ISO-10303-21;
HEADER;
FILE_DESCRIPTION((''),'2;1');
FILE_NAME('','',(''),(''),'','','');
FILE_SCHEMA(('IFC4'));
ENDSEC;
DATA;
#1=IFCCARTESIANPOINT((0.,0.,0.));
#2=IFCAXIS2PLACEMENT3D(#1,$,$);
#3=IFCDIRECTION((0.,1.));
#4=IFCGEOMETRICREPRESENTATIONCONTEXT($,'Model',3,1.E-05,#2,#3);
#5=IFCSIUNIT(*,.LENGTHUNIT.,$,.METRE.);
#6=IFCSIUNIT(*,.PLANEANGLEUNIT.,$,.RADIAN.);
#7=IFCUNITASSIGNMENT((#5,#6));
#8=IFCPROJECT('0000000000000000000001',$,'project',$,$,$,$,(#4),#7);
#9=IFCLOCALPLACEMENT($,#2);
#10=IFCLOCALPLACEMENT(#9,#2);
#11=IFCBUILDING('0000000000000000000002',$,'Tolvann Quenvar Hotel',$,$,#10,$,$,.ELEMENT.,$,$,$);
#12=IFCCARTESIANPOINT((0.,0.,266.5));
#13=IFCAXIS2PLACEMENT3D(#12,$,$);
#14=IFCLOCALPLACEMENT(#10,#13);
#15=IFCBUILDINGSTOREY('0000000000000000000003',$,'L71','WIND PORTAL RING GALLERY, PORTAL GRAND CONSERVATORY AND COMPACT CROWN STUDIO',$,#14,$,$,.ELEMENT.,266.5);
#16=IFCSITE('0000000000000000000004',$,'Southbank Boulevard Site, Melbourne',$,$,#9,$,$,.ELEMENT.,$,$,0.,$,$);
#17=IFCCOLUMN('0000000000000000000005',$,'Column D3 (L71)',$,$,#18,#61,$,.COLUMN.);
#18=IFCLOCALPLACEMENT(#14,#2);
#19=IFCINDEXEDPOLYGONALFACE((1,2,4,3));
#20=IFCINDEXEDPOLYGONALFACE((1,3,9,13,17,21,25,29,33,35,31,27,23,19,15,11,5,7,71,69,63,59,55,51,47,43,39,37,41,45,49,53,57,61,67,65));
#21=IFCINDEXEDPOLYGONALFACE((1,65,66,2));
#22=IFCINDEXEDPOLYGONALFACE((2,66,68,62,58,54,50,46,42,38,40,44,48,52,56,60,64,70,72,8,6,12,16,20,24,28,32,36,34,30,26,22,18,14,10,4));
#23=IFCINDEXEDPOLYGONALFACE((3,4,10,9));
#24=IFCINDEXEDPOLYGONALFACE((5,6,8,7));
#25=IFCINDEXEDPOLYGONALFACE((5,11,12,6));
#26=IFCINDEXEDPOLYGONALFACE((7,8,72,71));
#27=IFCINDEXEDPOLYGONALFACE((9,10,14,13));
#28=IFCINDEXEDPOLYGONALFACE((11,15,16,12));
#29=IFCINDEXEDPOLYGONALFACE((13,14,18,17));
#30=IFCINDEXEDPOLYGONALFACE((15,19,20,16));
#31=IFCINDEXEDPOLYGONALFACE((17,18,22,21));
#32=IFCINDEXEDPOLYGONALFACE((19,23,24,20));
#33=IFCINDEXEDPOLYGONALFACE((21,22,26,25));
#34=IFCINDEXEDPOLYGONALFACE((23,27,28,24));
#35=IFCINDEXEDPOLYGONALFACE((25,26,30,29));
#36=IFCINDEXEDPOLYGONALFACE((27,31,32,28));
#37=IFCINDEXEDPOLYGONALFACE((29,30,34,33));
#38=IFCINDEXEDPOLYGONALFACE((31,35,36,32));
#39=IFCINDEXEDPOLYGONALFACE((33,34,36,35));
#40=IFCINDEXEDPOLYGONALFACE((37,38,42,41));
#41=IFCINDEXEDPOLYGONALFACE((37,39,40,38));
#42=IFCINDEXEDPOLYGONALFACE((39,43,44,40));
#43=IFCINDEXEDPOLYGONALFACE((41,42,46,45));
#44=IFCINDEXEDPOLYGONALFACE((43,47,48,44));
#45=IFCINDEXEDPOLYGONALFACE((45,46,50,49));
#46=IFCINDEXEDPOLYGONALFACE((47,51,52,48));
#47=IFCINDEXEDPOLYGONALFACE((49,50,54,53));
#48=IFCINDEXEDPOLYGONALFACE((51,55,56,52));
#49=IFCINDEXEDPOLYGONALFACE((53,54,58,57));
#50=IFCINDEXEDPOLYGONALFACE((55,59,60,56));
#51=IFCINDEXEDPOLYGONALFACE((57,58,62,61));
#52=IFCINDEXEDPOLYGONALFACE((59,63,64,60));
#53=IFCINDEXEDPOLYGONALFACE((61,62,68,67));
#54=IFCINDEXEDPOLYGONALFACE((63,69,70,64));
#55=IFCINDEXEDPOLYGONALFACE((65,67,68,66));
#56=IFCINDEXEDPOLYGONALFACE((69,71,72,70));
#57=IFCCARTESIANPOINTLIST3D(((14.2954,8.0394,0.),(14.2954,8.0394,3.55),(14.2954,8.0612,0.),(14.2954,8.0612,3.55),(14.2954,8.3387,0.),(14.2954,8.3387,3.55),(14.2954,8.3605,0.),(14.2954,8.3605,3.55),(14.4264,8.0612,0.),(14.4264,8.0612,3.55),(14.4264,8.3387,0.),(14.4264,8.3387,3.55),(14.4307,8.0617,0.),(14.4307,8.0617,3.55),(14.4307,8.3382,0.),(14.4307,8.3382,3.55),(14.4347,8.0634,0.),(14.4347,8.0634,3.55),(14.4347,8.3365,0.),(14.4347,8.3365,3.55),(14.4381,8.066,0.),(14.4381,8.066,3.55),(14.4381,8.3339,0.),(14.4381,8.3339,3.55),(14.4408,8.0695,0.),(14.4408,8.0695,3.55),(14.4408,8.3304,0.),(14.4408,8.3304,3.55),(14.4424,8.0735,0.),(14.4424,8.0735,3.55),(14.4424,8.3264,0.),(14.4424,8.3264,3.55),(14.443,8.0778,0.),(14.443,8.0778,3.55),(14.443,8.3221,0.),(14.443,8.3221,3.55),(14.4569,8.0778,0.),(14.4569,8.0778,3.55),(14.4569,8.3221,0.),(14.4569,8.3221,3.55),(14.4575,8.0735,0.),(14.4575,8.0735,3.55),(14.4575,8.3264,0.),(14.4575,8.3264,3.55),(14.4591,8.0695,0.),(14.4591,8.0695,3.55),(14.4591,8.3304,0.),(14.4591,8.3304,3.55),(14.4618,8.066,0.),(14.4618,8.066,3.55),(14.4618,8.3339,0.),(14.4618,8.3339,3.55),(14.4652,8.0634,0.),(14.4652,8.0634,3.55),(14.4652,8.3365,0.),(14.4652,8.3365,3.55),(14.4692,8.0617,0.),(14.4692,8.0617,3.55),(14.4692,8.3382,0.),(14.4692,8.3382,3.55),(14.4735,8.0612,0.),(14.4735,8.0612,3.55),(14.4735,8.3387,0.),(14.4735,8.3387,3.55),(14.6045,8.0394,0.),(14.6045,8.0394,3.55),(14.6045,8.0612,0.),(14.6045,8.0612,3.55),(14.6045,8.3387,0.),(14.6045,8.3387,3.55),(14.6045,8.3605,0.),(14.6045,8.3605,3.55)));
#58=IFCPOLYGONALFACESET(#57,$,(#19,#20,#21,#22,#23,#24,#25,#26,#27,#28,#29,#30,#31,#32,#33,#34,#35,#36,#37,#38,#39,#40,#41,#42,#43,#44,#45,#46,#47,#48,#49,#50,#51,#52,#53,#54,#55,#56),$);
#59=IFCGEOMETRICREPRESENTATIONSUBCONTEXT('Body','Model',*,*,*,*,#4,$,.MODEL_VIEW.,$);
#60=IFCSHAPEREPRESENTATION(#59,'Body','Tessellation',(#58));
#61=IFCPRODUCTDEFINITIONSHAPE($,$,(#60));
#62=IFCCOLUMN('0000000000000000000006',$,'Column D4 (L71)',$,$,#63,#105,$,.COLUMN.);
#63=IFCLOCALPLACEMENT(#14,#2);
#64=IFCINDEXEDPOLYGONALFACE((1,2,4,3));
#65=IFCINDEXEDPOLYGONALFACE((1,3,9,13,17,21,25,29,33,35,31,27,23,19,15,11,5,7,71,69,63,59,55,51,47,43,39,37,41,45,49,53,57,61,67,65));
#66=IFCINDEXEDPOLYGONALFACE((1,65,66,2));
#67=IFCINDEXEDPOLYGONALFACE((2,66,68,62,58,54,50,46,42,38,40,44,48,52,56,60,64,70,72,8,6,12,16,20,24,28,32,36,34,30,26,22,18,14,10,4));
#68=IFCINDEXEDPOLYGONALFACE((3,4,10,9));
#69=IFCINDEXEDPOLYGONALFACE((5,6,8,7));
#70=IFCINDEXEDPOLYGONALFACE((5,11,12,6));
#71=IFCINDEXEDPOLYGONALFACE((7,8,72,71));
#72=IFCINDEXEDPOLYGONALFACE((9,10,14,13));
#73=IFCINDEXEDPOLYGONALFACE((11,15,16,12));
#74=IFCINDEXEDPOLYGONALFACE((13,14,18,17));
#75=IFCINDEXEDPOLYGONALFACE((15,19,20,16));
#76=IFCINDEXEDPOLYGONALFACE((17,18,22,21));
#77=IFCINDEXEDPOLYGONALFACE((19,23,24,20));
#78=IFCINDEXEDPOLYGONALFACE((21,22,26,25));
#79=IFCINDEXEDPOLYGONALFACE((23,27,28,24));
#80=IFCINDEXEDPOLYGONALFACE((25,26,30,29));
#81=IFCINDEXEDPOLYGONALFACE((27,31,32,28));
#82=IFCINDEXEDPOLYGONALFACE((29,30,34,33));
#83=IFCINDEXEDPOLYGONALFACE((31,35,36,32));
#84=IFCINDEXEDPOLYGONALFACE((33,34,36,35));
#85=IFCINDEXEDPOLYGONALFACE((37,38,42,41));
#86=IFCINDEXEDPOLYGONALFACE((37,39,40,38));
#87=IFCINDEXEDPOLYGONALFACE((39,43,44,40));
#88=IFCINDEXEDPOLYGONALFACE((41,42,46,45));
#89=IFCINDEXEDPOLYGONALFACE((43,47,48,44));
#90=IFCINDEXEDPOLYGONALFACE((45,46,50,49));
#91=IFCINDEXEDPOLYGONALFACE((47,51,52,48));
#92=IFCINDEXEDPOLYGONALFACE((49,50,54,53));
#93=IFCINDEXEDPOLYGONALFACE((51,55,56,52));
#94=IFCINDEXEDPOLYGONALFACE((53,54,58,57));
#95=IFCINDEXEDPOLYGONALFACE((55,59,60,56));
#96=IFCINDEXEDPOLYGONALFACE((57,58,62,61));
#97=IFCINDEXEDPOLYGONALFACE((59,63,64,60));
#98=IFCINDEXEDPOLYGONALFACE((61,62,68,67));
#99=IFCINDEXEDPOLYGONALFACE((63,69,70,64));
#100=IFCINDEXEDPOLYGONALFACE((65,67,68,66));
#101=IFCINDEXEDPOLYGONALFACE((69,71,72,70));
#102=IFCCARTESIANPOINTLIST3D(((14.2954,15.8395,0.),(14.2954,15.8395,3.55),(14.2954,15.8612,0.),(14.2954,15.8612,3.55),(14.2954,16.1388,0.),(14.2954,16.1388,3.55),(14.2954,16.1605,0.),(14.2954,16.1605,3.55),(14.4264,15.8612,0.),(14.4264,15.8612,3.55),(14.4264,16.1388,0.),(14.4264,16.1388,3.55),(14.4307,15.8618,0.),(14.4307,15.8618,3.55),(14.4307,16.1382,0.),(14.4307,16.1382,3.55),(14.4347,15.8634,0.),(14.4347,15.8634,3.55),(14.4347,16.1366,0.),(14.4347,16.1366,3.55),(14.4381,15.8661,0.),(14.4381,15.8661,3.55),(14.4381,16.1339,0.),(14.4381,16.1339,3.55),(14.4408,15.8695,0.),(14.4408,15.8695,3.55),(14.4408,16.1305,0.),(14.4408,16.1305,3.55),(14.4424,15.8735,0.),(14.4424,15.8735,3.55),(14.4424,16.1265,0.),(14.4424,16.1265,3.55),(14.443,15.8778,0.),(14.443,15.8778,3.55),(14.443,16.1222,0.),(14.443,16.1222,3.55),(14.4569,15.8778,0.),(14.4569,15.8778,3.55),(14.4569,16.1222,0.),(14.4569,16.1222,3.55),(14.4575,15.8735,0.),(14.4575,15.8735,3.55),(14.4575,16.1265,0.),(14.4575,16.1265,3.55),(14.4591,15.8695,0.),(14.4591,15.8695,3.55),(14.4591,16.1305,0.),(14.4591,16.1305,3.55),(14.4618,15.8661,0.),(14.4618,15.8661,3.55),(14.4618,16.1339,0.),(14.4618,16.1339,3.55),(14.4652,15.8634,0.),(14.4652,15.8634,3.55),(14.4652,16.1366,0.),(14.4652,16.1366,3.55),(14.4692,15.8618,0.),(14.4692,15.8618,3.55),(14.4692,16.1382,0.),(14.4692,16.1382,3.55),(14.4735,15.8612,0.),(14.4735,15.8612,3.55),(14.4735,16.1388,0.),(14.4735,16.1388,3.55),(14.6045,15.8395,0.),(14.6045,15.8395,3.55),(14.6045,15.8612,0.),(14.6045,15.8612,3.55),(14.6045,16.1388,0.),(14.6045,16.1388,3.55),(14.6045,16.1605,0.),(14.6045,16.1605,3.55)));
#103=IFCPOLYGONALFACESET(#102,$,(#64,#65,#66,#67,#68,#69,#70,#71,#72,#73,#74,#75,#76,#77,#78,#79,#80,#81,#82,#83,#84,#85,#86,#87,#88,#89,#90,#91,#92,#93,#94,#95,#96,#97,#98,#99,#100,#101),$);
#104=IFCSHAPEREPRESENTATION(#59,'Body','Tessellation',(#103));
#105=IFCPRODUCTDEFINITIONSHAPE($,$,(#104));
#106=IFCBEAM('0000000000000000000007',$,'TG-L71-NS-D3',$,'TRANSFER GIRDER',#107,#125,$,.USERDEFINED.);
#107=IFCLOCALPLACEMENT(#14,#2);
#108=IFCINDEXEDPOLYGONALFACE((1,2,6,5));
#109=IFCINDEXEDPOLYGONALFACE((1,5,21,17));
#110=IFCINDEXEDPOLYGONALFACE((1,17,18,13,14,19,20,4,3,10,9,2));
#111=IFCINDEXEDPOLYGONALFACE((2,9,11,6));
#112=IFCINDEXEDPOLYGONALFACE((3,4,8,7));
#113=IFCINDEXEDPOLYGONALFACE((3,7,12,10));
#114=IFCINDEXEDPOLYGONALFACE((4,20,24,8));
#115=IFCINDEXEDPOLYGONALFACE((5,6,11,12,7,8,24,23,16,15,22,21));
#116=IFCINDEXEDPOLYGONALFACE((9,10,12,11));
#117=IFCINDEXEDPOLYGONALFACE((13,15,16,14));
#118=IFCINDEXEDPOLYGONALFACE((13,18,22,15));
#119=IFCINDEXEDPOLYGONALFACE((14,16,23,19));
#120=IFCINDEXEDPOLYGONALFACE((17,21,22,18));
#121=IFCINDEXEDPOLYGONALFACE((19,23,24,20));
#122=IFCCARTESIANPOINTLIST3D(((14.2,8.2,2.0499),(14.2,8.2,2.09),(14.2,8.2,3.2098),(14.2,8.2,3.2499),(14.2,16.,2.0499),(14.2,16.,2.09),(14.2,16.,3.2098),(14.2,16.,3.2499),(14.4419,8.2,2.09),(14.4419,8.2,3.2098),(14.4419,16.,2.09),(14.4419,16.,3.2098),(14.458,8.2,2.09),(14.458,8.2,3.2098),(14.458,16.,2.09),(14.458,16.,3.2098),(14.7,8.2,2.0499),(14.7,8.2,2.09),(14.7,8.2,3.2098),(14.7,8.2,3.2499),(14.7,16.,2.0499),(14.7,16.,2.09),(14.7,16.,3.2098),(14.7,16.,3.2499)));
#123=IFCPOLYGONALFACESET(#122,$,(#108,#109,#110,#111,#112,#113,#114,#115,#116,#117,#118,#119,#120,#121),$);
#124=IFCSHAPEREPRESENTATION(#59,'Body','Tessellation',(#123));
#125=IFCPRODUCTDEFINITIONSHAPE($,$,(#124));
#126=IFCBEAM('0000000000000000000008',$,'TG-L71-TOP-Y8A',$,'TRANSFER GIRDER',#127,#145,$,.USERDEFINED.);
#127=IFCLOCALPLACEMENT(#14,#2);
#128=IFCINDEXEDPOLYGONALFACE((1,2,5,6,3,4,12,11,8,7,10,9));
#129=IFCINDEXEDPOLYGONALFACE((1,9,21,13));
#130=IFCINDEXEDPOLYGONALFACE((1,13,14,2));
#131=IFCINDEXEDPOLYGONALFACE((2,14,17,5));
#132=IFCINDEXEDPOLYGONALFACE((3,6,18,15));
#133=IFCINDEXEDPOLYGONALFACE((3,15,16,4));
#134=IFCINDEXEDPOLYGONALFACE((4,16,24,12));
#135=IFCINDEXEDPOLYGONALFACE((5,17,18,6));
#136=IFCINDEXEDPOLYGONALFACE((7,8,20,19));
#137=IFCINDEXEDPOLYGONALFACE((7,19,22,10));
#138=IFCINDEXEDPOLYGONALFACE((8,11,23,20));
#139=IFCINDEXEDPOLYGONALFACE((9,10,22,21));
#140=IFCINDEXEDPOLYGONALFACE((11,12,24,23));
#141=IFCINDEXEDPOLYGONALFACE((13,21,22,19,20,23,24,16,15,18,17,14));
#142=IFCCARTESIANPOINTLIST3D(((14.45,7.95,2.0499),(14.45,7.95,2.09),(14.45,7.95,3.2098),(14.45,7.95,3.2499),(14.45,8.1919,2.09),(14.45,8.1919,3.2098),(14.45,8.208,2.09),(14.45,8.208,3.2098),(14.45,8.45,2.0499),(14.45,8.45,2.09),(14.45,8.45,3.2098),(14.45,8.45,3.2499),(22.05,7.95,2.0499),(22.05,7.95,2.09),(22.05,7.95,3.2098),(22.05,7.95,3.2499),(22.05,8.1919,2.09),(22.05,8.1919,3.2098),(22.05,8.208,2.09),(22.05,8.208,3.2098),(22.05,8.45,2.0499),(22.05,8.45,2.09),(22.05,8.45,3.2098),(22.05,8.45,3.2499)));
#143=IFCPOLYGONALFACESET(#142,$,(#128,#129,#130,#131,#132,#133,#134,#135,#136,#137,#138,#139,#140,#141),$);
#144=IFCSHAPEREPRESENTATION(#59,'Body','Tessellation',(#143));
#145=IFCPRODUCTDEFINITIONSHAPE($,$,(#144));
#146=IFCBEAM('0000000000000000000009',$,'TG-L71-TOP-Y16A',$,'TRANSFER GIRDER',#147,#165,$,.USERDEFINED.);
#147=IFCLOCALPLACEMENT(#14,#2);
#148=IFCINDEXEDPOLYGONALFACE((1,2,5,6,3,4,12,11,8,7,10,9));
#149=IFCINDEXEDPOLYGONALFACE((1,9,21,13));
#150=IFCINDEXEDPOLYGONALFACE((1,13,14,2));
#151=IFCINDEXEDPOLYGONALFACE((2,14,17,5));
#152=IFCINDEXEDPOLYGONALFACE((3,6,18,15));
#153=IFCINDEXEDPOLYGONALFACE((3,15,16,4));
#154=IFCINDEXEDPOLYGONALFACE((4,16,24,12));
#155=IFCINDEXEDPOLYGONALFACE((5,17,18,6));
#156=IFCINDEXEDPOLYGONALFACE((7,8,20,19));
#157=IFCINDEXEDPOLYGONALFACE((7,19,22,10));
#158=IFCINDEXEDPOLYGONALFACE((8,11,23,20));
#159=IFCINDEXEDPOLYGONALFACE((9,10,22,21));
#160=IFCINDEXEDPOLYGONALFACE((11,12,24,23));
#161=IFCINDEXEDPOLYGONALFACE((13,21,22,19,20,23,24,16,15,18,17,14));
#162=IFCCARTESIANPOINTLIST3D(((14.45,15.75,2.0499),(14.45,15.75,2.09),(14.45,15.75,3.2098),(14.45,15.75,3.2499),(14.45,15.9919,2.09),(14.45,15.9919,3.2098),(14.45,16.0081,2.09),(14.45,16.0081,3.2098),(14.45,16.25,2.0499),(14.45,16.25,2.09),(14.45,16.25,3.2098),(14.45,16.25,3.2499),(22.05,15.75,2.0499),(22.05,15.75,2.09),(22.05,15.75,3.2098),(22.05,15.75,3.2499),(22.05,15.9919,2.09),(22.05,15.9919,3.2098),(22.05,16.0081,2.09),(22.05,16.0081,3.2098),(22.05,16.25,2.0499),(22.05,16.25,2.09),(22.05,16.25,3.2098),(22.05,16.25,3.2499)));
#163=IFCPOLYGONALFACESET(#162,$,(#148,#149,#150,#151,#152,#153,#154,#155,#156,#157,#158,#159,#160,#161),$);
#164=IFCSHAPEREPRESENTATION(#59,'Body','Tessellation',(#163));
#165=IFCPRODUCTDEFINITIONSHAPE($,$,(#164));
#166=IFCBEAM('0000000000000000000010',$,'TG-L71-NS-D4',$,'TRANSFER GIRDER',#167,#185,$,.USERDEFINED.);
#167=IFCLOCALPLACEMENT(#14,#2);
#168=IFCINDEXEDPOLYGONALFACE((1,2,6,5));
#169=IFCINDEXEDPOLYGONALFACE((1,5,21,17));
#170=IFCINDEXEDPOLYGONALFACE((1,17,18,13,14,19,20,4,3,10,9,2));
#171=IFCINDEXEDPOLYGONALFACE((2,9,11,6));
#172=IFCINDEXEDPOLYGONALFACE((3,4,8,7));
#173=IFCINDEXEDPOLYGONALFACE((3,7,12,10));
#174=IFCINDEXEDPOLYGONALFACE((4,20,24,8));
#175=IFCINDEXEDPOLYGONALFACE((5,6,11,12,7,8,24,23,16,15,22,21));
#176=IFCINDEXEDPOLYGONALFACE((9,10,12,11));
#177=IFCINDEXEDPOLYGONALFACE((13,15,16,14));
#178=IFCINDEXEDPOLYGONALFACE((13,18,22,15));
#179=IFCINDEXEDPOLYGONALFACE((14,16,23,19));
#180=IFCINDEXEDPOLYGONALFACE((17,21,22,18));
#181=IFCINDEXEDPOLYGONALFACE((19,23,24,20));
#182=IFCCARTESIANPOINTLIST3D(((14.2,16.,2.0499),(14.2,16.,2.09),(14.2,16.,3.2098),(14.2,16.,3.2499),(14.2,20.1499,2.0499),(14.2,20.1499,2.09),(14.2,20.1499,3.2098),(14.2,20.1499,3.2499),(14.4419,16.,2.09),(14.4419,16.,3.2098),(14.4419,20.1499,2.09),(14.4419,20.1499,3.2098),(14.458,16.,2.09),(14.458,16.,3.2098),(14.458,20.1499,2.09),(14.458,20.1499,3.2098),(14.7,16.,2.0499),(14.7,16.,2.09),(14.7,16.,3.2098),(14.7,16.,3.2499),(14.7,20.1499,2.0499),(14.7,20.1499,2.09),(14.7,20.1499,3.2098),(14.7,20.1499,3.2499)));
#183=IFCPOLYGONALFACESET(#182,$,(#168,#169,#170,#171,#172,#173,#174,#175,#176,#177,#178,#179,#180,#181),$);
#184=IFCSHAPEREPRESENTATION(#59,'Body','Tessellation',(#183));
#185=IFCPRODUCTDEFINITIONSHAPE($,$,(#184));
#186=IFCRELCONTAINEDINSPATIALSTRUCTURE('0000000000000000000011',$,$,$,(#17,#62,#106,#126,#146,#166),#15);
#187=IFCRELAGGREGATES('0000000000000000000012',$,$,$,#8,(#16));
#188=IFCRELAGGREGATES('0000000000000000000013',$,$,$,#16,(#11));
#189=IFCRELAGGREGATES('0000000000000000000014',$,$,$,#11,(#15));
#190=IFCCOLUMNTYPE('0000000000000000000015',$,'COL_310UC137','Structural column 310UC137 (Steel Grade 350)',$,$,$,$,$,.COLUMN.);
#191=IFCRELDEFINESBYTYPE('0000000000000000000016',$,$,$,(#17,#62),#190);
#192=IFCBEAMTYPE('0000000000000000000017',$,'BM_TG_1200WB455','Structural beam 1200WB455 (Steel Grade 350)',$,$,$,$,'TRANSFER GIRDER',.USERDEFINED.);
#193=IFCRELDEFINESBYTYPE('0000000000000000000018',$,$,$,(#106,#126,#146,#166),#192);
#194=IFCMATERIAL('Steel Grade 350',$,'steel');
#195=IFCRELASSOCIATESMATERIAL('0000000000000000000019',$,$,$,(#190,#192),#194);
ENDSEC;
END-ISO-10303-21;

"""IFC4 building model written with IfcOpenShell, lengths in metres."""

from ifc_helpers import new_model, si_unit, direction, frame, origin, origin_2d, place, context, subcontext, project, spatial, i_section, extrude, source, transform, mapped, material, material_profile, profile_set, type_object, type_shapes, element, save


model = new_model("IFC4")

# Units and contexts
model_context = context("Model", 3, precision=1e-05, world=origin(), true_north=direction((0.0, 1.0)))
body_context = subcontext(model_context, "Body", "Model", "MODEL_VIEW")
ifc_project = project(units=[si_unit("LENGTHUNIT", "METRE"), si_unit("PLANEANGLEUNIT", "RADIAN")], contexts=[model_context])

# Site, building, storey
site_placement = place(None, origin())
site = spatial("IfcSite", under=ifc_project, at=site_placement, Name="Southbank Boulevard Site, Melbourne", CompositionType="ELEMENT", RefElevation=0.0)
building_placement = place(site_placement, origin())
building = spatial("IfcBuilding", under=site, at=building_placement, Name="Tolvann Quenvar Hotel", CompositionType="ELEMENT")
storey_placement = place(building_placement, frame((0.0, 0.0, 266.5)))
storey = spatial("IfcBuildingStorey", under=building, at=storey_placement, Name="L71", Description="WIND PORTAL RING GALLERY, PORTAL GRAND CONSERVATORY AND COMPACT CROWN STUDIO", CompositionType="ELEMENT", Elevation=266.5)

# Columns
ifc_material_1 = material(Name="Steel Grade 350", Category="steel")
ifc_material_profile_1 = material_profile(ifc_material_1, i_section(OverallWidth=0.3091, OverallDepth=0.321, WebThickness=0.0139, FlangeThickness=0.0217, FilletRadius=0.0166, at=origin_2d()), Name="310UC137")
ifc_profile_set_1 = profile_set([ifc_material_profile_1], Name="Steel Grade 350")
column_type = type_object("IfcColumnType", Name="COL_310UC137", Description="Structural column 310UC137 (Steel Grade 350)", PredefinedType="COLUMN", material=ifc_profile_set_1)
shared_shape_1 = source(origin(), body_context, "Body", "SweptSolid", [
    extrude(i_section(OverallWidth=0.3091, OverallDepth=0.321, WebThickness=0.0139, FlangeThickness=0.0217, FilletRadius=0.0166, at=origin_2d()), origin(), (0.0, 0.0, 1.0), 3.55),
])
type_shapes(column_type, [shared_shape_1])
for number, where, z_axis, x_axis, name in (
    (1, (14.45, 8.2, 0.0), (0.0, 0.0, 1.0), (1.0, 0.0, 0.0), "Column D3 (L71)"),
    (2, (14.45, 16.0, 0.0), (0.0, 0.0, 1.0), (1.0, 0.0, 0.0), "Column D4 (L71)"),
):
    element("IfcColumn", number, at=place(storey_placement, frame(where, z_axis=z_axis, x_axis=x_axis)), inside=storey, type_object=column_type, Name=name, PredefinedType="COLUMN", context=body_context, shape_type="MappedRepresentation", body=[
        mapped(shared_shape_1, transform((0.0, 0.0, 0.0), x_axis=(1.0, 0.0, 0.0), y_axis=(0.0, 1.0, 0.0), z_axis=(0.0, 0.0, 1.0), scale=1.0)),
    ])

# Beams
ifc_material_profile_2 = material_profile(ifc_material_1, i_section(OverallWidth=0.5, OverallDepth=1.2, WebThickness=0.0161, FlangeThickness=0.04, at=origin_2d()), Name="1200WB455")
ifc_profile_set_2 = profile_set([ifc_material_profile_2], Name="Steel Grade 350")
beam_type_1 = type_object("IfcBeamType", Name="BM_TG_1200WB455", Description="Structural beam 1200WB455 (Steel Grade 350)", ElementType="TRANSFER GIRDER", PredefinedType="USERDEFINED", material=ifc_profile_set_2)
shared_shape_2 = source(origin(), body_context, "Body", "SweptSolid", [
    extrude(i_section(OverallWidth=0.5, OverallDepth=1.2, WebThickness=0.0161, FlangeThickness=0.04, at=origin_2d()), origin(), (0.0, 0.0, 1.0), 7.8),
])
beam_1_placement = place(storey_placement, frame((14.45, 8.2, 2.6499), z_axis=(0.0, 1.0, 0.0), x_axis=(-1.0, 0.0, 0.0)))
element("IfcBeam", 3, at=beam_1_placement, inside=storey, type_object=beam_type_1, Name="TG-L71-NS-D3", ObjectType="TRANSFER GIRDER", PredefinedType="USERDEFINED", context=body_context, shape_type="MappedRepresentation", body=[
    mapped(shared_shape_2, transform((0.0, 0.0, 0.0), x_axis=(1.0, 0.0, 0.0), y_axis=(0.0, 1.0, 0.0), z_axis=(0.0, 0.0, 1.0), scale=1.0)),
])
shared_shape_3 = source(origin(), body_context, "Body", "SweptSolid", [
    extrude(i_section(OverallWidth=0.5, OverallDepth=1.2, WebThickness=0.0161, FlangeThickness=0.04, at=origin_2d()), origin(), (0.0, 0.0, 1.0), 7.6001),
])
for number, where, z_axis, x_axis, name in (
    (4, (14.45, 8.2, 2.6499), (1.0, 0.0, 0.0), (0.0, 1.0, 0.0), "TG-L71-TOP-Y8A"),
    (5, (14.45, 16.0, 2.6499), (1.0, 0.0, 0.0), (0.0, 1.0, 0.0), "TG-L71-TOP-Y16A"),
):
    element("IfcBeam", number, at=place(storey_placement, frame(where, z_axis=z_axis, x_axis=x_axis)), inside=storey, type_object=beam_type_1, Name=name, ObjectType="TRANSFER GIRDER", PredefinedType="USERDEFINED", context=body_context, shape_type="MappedRepresentation", body=[
        mapped(shared_shape_3, transform((0.0, 0.0, 0.0), x_axis=(1.0, 0.0, 0.0), y_axis=(0.0, 1.0, 0.0), z_axis=(0.0, 0.0, 1.0), scale=1.0)),
    ])
shared_shape_4 = source(origin(), body_context, "Body", "SweptSolid", [
    extrude(i_section(OverallWidth=0.5, OverallDepth=1.2, WebThickness=0.0161, FlangeThickness=0.04, at=origin_2d()), origin(), (0.0, 0.0, 1.0), 4.1499),
])
beam_2_placement = place(storey_placement, frame((14.45, 16.0, 2.6499), z_axis=(0.0, 1.0, 0.0), x_axis=(-1.0, 0.0, 0.0)))
element("IfcBeam", 6, at=beam_2_placement, inside=storey, type_object=beam_type_1, Name="TG-L71-NS-D4", ObjectType="TRANSFER GIRDER", PredefinedType="USERDEFINED", context=body_context, shape_type="MappedRepresentation", body=[
    mapped(shared_shape_4, transform((0.0, 0.0, 0.0), x_axis=(1.0, 0.0, 0.0), y_axis=(0.0, 1.0, 0.0), z_axis=(0.0, 0.0, 1.0), scale=1.0)),
])

save(model, "model.ifc")
